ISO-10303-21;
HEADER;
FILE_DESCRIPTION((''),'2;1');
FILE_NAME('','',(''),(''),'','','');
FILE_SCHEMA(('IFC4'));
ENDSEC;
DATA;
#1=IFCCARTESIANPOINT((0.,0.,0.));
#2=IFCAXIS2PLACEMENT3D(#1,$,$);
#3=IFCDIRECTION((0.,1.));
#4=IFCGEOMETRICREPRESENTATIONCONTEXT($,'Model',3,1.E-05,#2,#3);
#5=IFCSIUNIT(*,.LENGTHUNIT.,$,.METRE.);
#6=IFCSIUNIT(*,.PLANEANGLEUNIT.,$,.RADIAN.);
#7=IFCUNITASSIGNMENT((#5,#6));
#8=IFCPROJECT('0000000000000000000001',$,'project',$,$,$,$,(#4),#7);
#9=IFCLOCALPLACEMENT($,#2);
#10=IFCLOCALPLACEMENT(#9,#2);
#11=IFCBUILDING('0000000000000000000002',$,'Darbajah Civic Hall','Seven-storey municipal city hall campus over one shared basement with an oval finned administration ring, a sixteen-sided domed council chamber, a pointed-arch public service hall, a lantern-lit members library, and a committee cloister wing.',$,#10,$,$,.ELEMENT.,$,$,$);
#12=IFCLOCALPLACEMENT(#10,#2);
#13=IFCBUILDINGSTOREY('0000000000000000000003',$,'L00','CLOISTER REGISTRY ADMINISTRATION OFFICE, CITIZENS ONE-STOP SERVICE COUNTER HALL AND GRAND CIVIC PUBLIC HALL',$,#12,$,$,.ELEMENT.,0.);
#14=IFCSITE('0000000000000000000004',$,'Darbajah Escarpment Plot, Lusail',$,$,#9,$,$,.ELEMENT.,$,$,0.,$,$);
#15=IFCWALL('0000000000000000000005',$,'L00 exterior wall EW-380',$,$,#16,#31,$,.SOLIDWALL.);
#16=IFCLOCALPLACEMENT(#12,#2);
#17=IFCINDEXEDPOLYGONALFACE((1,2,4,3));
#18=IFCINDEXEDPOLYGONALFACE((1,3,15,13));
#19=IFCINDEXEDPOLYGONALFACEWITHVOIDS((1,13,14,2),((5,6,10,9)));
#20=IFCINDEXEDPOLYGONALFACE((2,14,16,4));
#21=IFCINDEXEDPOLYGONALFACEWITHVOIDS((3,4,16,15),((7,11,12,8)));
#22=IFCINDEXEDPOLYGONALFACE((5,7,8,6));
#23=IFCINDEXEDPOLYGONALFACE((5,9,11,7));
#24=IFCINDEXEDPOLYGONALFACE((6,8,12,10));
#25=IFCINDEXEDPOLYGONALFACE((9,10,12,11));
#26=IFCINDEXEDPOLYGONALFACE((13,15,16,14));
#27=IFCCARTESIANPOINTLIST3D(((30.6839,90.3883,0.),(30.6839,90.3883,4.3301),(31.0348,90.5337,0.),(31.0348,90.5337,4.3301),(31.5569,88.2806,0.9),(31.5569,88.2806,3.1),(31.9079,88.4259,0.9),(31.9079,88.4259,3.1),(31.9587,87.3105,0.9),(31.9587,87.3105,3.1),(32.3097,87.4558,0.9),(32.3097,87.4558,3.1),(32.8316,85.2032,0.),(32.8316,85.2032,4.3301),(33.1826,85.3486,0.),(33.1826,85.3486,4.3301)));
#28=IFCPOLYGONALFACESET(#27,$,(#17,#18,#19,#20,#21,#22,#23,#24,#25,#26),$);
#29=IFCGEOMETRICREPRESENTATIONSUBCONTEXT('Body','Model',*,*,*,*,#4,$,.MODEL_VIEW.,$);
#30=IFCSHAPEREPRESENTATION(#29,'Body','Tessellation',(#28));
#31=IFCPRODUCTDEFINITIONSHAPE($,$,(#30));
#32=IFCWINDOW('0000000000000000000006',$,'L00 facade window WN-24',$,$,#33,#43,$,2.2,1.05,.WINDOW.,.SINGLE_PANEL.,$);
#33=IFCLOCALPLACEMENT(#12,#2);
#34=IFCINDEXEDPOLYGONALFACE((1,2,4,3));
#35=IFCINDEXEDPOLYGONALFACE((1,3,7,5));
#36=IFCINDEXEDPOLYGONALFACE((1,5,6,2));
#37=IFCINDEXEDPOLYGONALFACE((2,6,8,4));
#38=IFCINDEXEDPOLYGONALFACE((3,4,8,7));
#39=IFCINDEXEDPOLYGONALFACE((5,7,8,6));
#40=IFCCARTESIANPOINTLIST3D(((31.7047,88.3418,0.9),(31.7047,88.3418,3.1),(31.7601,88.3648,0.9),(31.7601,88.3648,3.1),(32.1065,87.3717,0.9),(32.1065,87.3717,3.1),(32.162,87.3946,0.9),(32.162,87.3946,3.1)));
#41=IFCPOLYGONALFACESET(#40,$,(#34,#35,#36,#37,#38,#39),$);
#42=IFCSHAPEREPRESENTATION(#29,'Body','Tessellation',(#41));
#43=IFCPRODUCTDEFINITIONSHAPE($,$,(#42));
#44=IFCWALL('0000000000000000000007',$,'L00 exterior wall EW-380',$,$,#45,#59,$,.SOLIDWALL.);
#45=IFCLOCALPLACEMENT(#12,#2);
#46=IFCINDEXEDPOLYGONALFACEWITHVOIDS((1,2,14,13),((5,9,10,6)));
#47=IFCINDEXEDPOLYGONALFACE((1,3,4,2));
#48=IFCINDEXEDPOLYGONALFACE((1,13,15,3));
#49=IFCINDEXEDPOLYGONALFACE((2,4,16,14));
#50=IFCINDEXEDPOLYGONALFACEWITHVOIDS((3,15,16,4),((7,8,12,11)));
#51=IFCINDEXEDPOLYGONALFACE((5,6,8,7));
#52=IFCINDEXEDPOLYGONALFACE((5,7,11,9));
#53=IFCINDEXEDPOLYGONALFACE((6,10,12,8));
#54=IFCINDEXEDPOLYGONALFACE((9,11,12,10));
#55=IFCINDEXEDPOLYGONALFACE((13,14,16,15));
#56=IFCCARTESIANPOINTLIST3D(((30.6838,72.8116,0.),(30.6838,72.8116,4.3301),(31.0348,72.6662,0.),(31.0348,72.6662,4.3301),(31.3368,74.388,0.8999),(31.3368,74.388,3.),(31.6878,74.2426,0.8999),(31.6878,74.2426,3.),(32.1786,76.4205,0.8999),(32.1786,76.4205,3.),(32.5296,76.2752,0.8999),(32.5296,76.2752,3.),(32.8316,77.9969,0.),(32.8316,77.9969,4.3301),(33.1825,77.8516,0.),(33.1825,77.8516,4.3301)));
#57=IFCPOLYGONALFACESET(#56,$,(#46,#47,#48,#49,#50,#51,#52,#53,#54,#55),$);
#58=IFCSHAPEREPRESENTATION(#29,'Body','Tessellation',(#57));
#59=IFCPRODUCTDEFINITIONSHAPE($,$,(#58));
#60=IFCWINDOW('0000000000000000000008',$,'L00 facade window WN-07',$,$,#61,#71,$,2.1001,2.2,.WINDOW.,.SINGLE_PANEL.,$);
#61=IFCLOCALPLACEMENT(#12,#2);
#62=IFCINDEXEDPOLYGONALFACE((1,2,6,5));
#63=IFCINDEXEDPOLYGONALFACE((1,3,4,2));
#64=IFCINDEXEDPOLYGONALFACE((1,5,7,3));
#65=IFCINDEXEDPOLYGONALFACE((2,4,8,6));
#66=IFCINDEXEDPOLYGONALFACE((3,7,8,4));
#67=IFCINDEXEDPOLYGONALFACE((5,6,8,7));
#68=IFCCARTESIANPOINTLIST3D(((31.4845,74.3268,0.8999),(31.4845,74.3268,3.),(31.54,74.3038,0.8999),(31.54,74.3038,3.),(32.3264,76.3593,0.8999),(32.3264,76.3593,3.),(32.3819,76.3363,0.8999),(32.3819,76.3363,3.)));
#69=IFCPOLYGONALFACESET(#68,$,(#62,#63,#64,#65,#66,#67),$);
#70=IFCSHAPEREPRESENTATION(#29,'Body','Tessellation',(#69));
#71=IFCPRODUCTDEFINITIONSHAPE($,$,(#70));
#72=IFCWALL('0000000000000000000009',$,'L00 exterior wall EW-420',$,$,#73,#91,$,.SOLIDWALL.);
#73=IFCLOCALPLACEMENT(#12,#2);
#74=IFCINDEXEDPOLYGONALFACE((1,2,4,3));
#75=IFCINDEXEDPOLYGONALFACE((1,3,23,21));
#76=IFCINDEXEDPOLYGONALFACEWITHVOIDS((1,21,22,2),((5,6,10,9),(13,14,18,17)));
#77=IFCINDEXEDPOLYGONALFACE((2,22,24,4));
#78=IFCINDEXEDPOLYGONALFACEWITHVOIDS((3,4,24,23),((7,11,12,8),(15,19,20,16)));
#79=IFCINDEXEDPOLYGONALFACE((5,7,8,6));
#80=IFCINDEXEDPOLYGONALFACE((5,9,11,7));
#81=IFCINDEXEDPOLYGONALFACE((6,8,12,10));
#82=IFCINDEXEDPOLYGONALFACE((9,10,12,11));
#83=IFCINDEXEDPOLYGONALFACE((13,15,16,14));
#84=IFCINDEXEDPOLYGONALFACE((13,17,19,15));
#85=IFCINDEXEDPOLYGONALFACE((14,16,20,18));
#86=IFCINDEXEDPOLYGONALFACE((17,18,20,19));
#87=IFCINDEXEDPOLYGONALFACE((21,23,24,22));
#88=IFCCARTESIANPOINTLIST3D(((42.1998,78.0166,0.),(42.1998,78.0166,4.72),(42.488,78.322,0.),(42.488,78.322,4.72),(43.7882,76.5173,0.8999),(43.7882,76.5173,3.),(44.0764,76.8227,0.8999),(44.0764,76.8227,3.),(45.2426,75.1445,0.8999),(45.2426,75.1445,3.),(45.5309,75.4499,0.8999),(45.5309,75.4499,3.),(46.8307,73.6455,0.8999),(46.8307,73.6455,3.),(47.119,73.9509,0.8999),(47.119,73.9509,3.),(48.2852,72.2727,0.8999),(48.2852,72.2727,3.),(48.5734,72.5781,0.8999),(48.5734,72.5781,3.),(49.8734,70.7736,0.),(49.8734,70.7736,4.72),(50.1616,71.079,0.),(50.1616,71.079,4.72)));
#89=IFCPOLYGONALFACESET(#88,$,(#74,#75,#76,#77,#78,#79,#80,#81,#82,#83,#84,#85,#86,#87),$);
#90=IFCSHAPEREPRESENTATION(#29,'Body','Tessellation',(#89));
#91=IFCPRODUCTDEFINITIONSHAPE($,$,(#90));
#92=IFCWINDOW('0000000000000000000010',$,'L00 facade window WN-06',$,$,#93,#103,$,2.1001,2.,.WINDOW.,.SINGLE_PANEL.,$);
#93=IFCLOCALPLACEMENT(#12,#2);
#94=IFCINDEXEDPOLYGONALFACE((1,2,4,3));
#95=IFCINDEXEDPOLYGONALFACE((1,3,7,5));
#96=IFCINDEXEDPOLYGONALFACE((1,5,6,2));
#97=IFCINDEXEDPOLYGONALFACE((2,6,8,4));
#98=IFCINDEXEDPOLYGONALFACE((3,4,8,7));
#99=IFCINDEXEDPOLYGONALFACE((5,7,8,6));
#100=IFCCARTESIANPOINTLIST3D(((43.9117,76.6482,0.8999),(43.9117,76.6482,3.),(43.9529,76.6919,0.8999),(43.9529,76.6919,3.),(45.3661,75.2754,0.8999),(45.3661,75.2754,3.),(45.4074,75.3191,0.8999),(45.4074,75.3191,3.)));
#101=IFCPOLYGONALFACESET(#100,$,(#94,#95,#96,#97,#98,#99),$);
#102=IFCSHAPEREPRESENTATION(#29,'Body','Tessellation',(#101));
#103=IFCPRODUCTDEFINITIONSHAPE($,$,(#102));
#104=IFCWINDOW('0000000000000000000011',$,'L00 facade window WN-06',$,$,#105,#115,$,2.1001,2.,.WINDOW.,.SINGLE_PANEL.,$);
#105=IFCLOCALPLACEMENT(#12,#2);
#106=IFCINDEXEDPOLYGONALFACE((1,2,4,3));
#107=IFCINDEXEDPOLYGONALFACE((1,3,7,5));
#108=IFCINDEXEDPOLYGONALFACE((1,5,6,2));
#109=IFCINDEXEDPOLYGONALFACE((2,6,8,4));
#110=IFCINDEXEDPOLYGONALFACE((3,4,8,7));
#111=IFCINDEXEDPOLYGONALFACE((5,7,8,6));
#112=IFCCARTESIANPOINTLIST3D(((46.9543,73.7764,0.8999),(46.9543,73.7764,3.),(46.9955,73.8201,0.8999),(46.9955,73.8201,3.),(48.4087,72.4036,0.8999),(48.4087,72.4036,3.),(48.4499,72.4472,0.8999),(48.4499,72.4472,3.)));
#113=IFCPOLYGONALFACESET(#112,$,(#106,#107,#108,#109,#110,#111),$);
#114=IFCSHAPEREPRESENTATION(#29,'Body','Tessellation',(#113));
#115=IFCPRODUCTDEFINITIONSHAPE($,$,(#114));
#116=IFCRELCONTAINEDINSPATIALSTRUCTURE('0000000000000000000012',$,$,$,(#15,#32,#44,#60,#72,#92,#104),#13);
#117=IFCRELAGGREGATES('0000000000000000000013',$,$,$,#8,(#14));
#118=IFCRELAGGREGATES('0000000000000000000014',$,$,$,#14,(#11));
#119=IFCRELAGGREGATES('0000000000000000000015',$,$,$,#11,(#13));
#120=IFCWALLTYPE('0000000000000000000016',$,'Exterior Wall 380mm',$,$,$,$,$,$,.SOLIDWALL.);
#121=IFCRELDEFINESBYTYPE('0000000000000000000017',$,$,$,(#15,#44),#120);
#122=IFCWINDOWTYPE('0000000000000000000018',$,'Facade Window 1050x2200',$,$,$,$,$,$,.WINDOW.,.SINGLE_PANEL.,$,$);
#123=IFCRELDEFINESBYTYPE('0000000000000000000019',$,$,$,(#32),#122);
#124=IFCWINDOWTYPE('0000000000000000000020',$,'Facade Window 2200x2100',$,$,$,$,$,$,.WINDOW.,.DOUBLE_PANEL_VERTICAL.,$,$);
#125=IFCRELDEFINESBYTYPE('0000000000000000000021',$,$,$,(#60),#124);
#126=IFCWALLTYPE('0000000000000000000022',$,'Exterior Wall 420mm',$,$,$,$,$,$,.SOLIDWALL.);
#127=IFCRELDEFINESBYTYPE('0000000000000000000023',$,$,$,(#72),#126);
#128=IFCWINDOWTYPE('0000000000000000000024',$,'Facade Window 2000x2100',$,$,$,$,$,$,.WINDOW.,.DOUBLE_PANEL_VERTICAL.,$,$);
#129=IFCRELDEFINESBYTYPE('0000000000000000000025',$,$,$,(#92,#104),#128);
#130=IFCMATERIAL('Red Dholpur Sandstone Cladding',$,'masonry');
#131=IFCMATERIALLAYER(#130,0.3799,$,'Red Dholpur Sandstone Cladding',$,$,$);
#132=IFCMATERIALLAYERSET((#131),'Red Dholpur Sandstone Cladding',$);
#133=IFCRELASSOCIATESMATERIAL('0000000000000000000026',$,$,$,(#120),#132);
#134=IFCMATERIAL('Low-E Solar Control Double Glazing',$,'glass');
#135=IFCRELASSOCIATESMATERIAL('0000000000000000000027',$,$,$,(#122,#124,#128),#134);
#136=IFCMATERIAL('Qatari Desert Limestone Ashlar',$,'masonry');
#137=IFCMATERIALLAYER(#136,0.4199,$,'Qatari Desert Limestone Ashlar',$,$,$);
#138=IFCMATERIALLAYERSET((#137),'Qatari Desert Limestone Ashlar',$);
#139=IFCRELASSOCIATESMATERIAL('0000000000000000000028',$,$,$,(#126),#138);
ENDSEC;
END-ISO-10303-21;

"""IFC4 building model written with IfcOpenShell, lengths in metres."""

from ifc_helpers import new_model, si_unit, direction, frame, frame_2d, origin, place, context, subcontext, project, spatial, rectangle, extrude, material, layer, layer_set, type_object, element, fill, save


model = new_model("IFC4")

# Units and contexts
model_context = context("Model", 3, precision=1e-05, world=origin(), true_north=direction((0.0, 1.0)))
body_context = subcontext(model_context, "Body", "Model", "MODEL_VIEW")
ifc_project = project(units=[si_unit("LENGTHUNIT", "METRE"), si_unit("PLANEANGLEUNIT", "RADIAN")], contexts=[model_context])

# Site, building, storey
site_placement = place(None, origin())
site = spatial("IfcSite", under=ifc_project, at=site_placement, Name="Darbajah Escarpment Plot, Lusail", CompositionType="ELEMENT", RefElevation=0.0)
building_placement = place(site_placement, origin())
building = spatial("IfcBuilding", under=site, at=building_placement, Name="Darbajah Civic Hall", Description="Seven-storey municipal city hall campus over one shared basement with an oval finned administration ring, a sixteen-sided domed council chamber, a pointed-arch public service hall, a lantern-lit members library, and a committee cloister wing.", CompositionType="ELEMENT")
storey_placement = place(building_placement, origin())
storey = spatial("IfcBuildingStorey", under=building, at=storey_placement, Name="L00", Description="CLOISTER REGISTRY ADMINISTRATION OFFICE, CITIZENS ONE-STOP SERVICE COUNTER HALL AND GRAND CIVIC PUBLIC HALL", CompositionType="ELEMENT", Elevation=0.0)

# Walls, openings, windows
ifc_material_1 = material(Name="Red Dholpur Sandstone Cladding", Category="masonry")
ifc_layer_1 = layer(ifc_material_1, 0.3799, Name="Red Dholpur Sandstone Cladding")
ifc_layer_set_1 = layer_set([ifc_layer_1], Name="Red Dholpur Sandstone Cladding")
wall_type_1 = type_object("IfcWallType", Name="Exterior Wall 380mm", PredefinedType="SOLIDWALL", material=ifc_layer_set_1)
wall_1_placement = place(storey_placement, frame((33.0071, 85.2759, 0.0), z_axis=(0.0, 0.0, 1.0), x_axis=(-0.382681, 0.923881, 0.0)))
wall_1 = element("IfcWall", 1, at=wall_1_placement, inside=storey, type_object=wall_type_1, Name="L00 exterior wall EW-380", PredefinedType="SOLIDWALL", context=body_context, shape_type="SweptSolid", body=[
    extrude(rectangle(XDim=5.6123, YDim=0.3799, at=frame_2d((2.8062, 0.0))), origin(), (0.0, 0.0, 1.0), 4.3301),
])
opening_1_placement = place(wall_1_placement, frame((2.281, 0.0, 0.8999)))
opening_1 = element("IfcOpeningElement", 2, at=opening_1_placement, cuts=wall_1, PredefinedType="OPENING", context=body_context, shape_type="SweptSolid", body=[
    extrude(rectangle(XDim=1.05, YDim=2.2, at=frame_2d((0.5249, 1.1001))), frame((0.0, 0.2, 0.0), z_axis=(0.0, -1.0, 0.0), x_axis=(1.0, 0.0, 0.0)), (0.0, 0.0, 1.0), 0.3999),
])
ifc_material_2 = material(Name="Low-E Solar Control Double Glazing", Category="glass")
window_type_1 = type_object("IfcWindowType", Name="Facade Window 1050x2200", PartitioningType="SINGLE_PANEL", PredefinedType="WINDOW", material=ifc_material_2)
window_1_placement = place(opening_1_placement, origin())
window_1 = element("IfcWindow", 3, at=window_1_placement, inside=storey, type_object=window_type_1, Name="L00 facade window WN-24", OverallHeight=2.2, OverallWidth=1.05, PartitioningType="SINGLE_PANEL", PredefinedType="WINDOW", context=body_context, shape_type="SweptSolid", body=[
    extrude(rectangle(XDim=1.05, YDim=2.2, at=frame_2d((0.5249, 1.1001))), frame((0.0, 0.03, 0.0), z_axis=(0.0, -1.0, 0.0), x_axis=(1.0, 0.0, 0.0)), (0.0, 0.0, 1.0), 0.0601),
])
fill(opening_1, window_1)
wall_2_placement = place(storey_placement, frame((30.8594, 72.739, 0.0), z_axis=(0.0, 0.0, 1.0), x_axis=(0.382666, 0.923887, 0.0)))
wall_2 = element("IfcWall", 4, at=wall_2_placement, inside=storey, type_object=wall_type_1, Name="L00 exterior wall EW-380", PredefinedType="SOLIDWALL", context=body_context, shape_type="SweptSolid", body=[
    extrude(rectangle(XDim=5.6125, YDim=0.3799, at=frame_2d((2.8062, 0.0))), origin(), (0.0, 0.0, 1.0), 4.3301),
])
opening_2_placement = place(wall_2_placement, frame((1.7061, 0.0, 0.8999)))
opening_2 = element("IfcOpeningElement", 5, at=opening_2_placement, cuts=wall_2, PredefinedType="OPENING", context=body_context, shape_type="SweptSolid", body=[
    extrude(rectangle(XDim=2.2, YDim=2.1001, at=frame_2d((1.1001, 1.05))), frame((0.0, 0.2, 0.0), z_axis=(0.0, -1.0, 0.0), x_axis=(1.0, 0.0, 0.0)), (0.0, 0.0, 1.0), 0.3999),
])
window_type_2 = type_object("IfcWindowType", Name="Facade Window 2200x2100", PartitioningType="DOUBLE_PANEL_VERTICAL", PredefinedType="WINDOW", material=ifc_material_2)
window_2_placement = place(opening_2_placement, origin())
window_2 = element("IfcWindow", 6, at=window_2_placement, inside=storey, type_object=window_type_2, Name="L00 facade window WN-07", OverallHeight=2.1001, OverallWidth=2.2, PartitioningType="SINGLE_PANEL", PredefinedType="WINDOW", context=body_context, shape_type="SweptSolid", body=[
    extrude(rectangle(XDim=2.2, YDim=2.1001, at=frame_2d((1.1001, 1.05))), frame((0.0, 0.03, 0.0), z_axis=(0.0, -1.0, 0.0), x_axis=(1.0, 0.0, 0.0)), (0.0, 0.0, 1.0), 0.0601),
])
fill(opening_2, window_2)

# Wall, openings, windows
ifc_material_3 = material(Name="Qatari Desert Limestone Ashlar", Category="masonry")
ifc_layer_2 = layer(ifc_material_3, 0.4199, Name="Qatari Desert Limestone Ashlar")
ifc_layer_set_2 = layer_set([ifc_layer_2], Name="Qatari Desert Limestone Ashlar")
wall_type_2 = type_object("IfcWallType", Name="Exterior Wall 420mm", PredefinedType="SOLIDWALL", material=ifc_layer_set_2)
wall_3_placement = place(storey_placement, frame((42.344, 78.1692, 0.0), z_axis=(0.0, 0.0, 1.0), x_axis=(0.727219, -0.686405, 0.0)))
wall_3 = element("IfcWall", 7, at=wall_3_placement, inside=storey, type_object=wall_type_2, Name="L00 exterior wall EW-420", PredefinedType="SOLIDWALL", context=body_context, shape_type="SweptSolid", body=[
    extrude(rectangle(XDim=10.552, YDim=0.4199, at=frame_2d((5.2759, 0.0))), origin(), (0.0, 0.0, 1.0), 4.72),
])
opening_3_placement = place(wall_3_placement, frame((2.1841, 0.0, 0.8999)))
opening_3 = element("IfcOpeningElement", 8, at=opening_3_placement, cuts=wall_3, PredefinedType="OPENING", context=body_context, shape_type="SweptSolid", body=[
    extrude(rectangle(XDim=2.0, YDim=2.1001, at=frame_2d((1.0, 1.05))), frame((0.0, 0.22, 0.0), z_axis=(0.0, -1.0, 0.0), x_axis=(1.0, 0.0, 0.0)), (0.0, 0.0, 1.0), 0.4399),
])
opening_4_placement = place(wall_3_placement, frame((6.3679, 0.0, 0.8999)))
opening_4 = element("IfcOpeningElement", 9, at=opening_4_placement, cuts=wall_3, PredefinedType="OPENING", context=body_context, shape_type="SweptSolid", body=[
    extrude(rectangle(XDim=2.0, YDim=2.1001, at=frame_2d((1.0, 1.05))), frame((0.0, 0.22, 0.0), z_axis=(0.0, -1.0, 0.0), x_axis=(1.0, 0.0, 0.0)), (0.0, 0.0, 1.0), 0.4399),
])
window_type_3 = type_object("IfcWindowType", Name="Facade Window 2000x2100", PartitioningType="DOUBLE_PANEL_VERTICAL", PredefinedType="WINDOW", material=ifc_material_2)
window_3_placement = place(opening_3_placement, origin())
window_3 = element("IfcWindow", 10, at=window_3_placement, inside=storey, type_object=window_type_3, Name="L00 facade window WN-06", OverallHeight=2.1001, OverallWidth=2.0, PartitioningType="SINGLE_PANEL", PredefinedType="WINDOW", context=body_context, shape_type="SweptSolid", body=[
    extrude(rectangle(XDim=2.0, YDim=2.1001, at=frame_2d((1.0, 1.05))), frame((0.0, 0.03, 0.0), z_axis=(0.0, -1.0, 0.0), x_axis=(1.0, 0.0, 0.0)), (0.0, 0.0, 1.0), 0.0601),
])
fill(opening_3, window_3)
window_4_placement = place(opening_4_placement, origin())
window_4 = element("IfcWindow", 11, at=window_4_placement, inside=storey, type_object=window_type_3, Name="L00 facade window WN-06", OverallHeight=2.1001, OverallWidth=2.0, PartitioningType="SINGLE_PANEL", PredefinedType="WINDOW", context=body_context, shape_type="SweptSolid", body=[
    extrude(rectangle(XDim=2.0, YDim=2.1001, at=frame_2d((1.0, 1.05))), frame((0.0, 0.03, 0.0), z_axis=(0.0, -1.0, 0.0), x_axis=(1.0, 0.0, 0.0)), (0.0, 0.0, 1.0), 0.0601),
])
fill(opening_4, window_4)

save(model, "model.ifc")
